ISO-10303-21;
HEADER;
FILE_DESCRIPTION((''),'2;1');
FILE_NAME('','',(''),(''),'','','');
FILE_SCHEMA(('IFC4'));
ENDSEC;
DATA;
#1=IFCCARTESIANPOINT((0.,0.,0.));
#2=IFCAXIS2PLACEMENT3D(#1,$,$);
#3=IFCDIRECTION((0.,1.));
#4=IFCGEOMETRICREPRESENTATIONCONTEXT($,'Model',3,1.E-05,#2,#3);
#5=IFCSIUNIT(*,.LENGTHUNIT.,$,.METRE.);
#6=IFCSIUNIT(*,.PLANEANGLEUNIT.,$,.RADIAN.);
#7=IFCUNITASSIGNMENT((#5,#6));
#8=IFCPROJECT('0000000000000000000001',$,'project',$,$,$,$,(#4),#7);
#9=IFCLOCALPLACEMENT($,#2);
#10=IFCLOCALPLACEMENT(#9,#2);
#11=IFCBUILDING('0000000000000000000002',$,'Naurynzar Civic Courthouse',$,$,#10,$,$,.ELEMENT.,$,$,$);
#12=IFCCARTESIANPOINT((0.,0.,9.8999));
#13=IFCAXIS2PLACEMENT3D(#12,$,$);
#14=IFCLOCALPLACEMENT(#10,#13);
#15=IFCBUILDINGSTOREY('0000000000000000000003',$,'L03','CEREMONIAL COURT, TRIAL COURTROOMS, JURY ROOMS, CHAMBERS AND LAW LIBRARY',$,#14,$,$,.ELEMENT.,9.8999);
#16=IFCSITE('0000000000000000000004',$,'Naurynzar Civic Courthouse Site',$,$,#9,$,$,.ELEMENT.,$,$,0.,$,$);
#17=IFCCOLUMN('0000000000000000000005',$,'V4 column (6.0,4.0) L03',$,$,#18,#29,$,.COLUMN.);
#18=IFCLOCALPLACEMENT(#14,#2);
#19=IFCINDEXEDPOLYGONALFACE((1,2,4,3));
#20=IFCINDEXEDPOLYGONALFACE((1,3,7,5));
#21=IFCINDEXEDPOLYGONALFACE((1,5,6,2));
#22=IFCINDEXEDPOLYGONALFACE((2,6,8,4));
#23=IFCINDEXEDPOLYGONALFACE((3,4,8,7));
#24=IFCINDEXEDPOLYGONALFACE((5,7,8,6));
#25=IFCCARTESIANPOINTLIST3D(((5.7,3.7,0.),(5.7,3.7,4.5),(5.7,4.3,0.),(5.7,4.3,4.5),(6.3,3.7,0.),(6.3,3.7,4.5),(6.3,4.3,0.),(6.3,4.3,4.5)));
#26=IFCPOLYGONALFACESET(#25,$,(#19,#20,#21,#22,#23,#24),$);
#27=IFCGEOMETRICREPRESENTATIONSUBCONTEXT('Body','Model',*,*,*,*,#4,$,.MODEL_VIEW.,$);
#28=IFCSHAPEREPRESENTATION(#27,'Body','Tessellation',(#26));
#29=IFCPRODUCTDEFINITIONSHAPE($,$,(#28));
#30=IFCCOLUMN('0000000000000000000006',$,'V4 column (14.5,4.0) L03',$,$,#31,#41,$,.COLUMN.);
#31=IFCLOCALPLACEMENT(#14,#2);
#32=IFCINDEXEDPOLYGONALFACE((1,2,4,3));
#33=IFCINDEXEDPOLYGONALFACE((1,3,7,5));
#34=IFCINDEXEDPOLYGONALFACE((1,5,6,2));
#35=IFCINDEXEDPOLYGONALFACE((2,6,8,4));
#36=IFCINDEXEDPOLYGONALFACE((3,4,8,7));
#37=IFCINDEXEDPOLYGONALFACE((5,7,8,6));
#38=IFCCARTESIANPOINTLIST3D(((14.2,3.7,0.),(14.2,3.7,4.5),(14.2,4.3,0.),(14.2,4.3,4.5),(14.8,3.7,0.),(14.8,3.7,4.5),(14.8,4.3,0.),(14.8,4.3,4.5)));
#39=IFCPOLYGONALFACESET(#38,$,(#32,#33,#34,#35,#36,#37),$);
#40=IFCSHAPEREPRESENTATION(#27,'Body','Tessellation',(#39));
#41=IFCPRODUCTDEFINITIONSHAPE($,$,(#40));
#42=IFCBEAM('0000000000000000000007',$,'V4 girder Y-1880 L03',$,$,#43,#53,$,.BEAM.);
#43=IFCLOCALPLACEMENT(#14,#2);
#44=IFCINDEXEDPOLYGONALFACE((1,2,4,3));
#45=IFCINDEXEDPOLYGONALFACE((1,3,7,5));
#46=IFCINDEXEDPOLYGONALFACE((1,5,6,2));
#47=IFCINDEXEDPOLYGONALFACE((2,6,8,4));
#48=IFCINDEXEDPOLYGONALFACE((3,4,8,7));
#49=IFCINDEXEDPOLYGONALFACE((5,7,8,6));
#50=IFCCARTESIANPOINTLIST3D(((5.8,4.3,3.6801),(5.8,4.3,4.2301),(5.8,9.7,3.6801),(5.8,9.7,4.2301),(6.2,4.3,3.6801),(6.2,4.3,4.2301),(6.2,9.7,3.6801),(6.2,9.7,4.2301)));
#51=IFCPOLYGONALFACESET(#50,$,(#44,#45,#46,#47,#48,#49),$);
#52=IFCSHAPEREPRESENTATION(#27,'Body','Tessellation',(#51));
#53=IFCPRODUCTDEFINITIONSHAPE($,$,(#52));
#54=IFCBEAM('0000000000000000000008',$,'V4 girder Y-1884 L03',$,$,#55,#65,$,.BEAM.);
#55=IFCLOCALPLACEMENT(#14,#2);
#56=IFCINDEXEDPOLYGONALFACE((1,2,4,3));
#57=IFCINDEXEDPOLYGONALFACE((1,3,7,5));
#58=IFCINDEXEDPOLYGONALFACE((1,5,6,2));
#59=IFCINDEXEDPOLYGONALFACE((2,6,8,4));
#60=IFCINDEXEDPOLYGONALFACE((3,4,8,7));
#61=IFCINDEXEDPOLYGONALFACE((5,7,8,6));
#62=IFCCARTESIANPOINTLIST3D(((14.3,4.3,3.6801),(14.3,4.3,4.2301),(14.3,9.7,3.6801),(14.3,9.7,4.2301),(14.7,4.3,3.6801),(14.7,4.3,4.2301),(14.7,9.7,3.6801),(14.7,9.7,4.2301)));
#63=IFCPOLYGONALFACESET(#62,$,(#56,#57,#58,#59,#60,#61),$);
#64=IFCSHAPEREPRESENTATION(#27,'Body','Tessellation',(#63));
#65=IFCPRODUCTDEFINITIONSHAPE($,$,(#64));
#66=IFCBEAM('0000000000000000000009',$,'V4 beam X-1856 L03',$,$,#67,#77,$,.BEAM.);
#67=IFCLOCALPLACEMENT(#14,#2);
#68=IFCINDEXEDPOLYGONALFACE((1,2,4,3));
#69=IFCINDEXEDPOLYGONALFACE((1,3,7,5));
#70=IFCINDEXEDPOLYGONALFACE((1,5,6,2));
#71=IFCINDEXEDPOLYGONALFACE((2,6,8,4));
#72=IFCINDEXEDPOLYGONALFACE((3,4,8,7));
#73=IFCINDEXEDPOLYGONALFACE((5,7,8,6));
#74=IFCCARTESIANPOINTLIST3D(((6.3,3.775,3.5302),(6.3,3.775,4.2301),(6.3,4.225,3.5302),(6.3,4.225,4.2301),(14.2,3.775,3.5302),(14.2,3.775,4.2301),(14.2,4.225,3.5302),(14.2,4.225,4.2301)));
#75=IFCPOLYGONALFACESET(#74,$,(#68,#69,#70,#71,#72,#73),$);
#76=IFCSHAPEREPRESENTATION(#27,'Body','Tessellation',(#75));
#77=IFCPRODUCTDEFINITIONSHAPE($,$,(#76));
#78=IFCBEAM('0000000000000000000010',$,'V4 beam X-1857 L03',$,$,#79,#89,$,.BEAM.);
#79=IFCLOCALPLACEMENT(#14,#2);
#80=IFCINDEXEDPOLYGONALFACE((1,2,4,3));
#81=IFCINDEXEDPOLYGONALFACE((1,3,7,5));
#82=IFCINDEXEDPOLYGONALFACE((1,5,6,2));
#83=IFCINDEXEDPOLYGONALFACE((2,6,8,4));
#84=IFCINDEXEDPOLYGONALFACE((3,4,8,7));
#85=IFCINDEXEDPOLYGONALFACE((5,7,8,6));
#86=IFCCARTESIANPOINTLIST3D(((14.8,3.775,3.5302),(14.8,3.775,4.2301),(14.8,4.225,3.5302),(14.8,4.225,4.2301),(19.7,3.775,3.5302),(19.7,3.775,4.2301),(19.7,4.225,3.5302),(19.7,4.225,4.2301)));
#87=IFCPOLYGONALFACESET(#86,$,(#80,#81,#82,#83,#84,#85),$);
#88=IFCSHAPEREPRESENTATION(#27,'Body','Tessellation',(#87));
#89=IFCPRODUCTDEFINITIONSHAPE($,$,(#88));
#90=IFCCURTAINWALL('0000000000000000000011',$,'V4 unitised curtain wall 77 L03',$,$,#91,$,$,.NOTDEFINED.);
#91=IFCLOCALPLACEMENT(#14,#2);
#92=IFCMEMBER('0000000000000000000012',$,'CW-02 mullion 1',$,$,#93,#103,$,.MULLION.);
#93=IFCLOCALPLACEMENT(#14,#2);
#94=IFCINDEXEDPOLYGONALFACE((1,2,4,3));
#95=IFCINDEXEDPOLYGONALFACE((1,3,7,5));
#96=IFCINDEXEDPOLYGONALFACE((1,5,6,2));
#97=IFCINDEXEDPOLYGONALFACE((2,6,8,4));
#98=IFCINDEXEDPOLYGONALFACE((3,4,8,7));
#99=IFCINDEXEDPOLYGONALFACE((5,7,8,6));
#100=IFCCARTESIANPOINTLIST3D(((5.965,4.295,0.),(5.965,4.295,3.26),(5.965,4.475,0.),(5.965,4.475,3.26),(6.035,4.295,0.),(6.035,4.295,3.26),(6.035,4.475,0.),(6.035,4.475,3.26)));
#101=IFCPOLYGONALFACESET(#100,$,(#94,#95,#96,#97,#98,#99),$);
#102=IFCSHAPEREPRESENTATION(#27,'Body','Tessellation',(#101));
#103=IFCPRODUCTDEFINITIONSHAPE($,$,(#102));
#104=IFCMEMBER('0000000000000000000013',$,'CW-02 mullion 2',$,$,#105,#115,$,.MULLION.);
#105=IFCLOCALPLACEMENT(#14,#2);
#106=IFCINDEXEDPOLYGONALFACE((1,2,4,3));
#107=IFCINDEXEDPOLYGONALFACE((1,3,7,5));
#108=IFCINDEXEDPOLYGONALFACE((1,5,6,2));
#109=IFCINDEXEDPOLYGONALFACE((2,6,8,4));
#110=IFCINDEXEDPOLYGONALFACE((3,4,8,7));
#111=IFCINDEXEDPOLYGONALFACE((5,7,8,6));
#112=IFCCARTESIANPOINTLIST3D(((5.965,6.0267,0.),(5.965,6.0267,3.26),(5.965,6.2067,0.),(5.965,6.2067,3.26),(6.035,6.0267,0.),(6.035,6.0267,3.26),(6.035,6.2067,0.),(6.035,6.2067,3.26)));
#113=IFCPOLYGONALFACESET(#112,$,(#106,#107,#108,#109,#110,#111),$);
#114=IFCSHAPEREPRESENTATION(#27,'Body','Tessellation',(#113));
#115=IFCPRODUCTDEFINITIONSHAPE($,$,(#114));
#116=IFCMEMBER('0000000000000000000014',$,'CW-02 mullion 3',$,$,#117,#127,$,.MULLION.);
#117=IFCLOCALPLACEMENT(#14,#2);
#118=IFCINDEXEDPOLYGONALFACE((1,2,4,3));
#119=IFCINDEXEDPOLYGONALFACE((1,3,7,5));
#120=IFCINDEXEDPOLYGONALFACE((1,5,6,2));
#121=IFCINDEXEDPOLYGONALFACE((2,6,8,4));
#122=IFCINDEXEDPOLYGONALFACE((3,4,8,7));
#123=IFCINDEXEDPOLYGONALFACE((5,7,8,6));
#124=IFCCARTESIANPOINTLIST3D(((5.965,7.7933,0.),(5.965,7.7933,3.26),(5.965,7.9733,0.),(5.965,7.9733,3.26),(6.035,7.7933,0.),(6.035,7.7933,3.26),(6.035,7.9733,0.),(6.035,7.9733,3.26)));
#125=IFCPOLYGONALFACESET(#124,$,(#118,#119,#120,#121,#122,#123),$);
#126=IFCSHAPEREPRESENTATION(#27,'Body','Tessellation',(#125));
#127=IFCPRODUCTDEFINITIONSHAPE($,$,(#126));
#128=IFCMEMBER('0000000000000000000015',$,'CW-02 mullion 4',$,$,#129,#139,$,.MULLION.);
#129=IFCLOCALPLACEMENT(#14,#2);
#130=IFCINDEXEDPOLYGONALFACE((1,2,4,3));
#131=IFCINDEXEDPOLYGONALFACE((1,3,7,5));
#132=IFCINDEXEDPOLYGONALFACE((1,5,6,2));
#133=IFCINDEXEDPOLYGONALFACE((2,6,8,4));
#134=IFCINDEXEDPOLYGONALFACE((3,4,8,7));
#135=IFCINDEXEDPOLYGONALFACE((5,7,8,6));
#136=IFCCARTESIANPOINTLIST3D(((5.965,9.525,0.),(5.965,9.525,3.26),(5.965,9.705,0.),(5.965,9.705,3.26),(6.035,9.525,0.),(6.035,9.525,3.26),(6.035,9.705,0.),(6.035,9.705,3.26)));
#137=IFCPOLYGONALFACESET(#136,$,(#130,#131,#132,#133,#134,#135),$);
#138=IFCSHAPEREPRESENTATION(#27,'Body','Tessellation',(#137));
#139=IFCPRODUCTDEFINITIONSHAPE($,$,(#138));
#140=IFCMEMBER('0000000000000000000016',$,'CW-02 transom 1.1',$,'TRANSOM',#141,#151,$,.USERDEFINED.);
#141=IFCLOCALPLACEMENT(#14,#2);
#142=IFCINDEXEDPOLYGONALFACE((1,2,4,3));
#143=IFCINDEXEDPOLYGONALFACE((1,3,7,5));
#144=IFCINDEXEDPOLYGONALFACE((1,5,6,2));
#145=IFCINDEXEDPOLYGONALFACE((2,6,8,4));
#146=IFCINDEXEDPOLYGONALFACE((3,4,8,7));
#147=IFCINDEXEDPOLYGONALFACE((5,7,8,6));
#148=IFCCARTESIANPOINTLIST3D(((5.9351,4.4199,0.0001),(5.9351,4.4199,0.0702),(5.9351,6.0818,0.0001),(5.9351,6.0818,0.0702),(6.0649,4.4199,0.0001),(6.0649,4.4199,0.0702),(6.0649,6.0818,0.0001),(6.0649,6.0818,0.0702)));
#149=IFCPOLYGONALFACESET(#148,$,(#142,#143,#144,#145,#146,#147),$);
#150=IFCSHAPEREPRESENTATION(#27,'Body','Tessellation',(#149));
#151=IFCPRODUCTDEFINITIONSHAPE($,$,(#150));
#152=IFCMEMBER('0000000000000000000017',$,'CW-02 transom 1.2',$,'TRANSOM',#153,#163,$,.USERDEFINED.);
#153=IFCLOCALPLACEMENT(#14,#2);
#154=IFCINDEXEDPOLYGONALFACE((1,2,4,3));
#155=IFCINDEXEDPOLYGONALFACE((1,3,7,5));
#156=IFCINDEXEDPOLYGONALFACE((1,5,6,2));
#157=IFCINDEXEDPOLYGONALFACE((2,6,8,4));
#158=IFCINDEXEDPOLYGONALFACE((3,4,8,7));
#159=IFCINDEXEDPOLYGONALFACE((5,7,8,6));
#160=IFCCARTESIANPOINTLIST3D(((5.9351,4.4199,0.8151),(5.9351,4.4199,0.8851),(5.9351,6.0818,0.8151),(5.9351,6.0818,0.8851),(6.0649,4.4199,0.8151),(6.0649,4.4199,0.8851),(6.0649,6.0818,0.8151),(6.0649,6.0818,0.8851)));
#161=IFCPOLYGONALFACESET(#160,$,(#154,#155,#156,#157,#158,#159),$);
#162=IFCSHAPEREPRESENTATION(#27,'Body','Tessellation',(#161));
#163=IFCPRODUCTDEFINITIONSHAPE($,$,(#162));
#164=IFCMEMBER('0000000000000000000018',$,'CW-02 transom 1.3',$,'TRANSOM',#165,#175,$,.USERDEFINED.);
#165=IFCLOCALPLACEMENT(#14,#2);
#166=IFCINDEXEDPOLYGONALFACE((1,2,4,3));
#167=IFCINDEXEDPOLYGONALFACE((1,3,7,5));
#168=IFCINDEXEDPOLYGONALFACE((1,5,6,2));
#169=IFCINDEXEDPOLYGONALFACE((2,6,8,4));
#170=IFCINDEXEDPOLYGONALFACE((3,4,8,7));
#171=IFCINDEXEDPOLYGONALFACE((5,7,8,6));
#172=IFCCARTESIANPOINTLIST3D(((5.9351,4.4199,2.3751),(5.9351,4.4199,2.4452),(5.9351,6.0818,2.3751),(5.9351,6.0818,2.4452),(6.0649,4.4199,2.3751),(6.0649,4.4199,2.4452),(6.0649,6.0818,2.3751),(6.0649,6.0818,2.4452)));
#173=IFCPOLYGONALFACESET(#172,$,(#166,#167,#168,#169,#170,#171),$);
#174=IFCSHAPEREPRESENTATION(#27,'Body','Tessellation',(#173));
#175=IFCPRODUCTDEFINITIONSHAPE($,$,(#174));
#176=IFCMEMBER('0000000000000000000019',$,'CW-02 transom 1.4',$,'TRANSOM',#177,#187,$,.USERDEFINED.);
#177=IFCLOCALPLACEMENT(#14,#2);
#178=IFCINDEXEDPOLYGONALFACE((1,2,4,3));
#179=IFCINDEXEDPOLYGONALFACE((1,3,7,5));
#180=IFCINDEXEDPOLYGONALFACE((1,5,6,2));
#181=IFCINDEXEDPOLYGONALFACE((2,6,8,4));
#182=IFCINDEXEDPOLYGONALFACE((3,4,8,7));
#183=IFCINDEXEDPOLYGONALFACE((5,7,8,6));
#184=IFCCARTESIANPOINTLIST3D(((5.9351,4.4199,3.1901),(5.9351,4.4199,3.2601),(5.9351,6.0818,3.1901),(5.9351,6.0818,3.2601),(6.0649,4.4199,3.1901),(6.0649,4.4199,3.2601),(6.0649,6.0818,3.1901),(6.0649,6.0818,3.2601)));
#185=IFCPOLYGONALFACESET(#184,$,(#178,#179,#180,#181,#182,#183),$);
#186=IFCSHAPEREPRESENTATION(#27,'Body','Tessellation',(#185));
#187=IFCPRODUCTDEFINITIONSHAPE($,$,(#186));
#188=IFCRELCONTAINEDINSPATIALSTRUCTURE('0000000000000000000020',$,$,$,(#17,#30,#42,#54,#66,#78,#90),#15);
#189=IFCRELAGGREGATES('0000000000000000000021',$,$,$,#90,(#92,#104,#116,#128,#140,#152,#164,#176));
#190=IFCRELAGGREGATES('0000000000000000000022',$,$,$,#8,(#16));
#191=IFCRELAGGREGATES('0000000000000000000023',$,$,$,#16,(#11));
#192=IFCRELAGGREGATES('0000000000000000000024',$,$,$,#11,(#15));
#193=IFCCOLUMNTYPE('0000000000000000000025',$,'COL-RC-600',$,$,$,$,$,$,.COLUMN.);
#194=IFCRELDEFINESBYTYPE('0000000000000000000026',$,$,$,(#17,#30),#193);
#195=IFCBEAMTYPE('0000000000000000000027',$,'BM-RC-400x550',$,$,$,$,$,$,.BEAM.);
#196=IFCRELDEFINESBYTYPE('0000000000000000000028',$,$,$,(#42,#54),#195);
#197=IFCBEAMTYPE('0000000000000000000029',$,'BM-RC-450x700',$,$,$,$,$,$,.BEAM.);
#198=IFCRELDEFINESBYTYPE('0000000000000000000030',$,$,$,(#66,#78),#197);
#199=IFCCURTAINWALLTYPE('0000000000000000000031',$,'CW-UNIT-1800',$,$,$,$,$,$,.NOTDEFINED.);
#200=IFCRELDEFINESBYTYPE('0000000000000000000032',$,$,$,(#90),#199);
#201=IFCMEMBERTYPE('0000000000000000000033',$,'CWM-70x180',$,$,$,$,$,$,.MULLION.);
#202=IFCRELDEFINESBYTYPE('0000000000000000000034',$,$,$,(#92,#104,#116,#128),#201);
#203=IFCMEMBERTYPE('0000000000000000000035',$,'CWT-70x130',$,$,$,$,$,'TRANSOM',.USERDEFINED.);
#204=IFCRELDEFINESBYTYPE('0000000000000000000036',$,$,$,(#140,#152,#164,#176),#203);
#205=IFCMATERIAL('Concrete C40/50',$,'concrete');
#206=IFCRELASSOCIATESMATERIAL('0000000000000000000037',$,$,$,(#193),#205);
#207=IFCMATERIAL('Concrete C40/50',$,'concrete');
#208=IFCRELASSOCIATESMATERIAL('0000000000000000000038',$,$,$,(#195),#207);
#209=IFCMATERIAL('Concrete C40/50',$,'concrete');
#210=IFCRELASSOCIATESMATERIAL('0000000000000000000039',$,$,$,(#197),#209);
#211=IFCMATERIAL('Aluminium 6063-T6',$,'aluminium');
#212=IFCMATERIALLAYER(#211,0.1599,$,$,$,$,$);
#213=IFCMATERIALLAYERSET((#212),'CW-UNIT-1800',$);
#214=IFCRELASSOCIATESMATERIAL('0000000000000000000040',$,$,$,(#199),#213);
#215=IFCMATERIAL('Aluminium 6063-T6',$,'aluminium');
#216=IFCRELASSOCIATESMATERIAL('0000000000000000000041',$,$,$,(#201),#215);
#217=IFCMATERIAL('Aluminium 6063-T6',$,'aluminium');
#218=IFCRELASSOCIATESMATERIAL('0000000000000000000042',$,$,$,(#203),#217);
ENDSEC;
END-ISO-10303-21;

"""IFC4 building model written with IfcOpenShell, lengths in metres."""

from ifc_helpers import new_model, si_unit, direction, frame, origin, origin_2d, place, context, subcontext, project, spatial, rectangle, extrude, material, layer, layer_set, material_profile, profile_set, type_object, element, aggregate, save


model = new_model("IFC4")

# Units and contexts
model_context = context("Model", 3, precision=1e-05, world=origin(), true_north=direction((0.0, 1.0)))
body_context = subcontext(model_context, "Body", "Model", "MODEL_VIEW")
ifc_project = project(units=[si_unit("LENGTHUNIT", "METRE"), si_unit("PLANEANGLEUNIT", "RADIAN")], contexts=[model_context])

# Site, building, storey
site_placement = place(None, origin())
site = spatial("IfcSite", under=ifc_project, at=site_placement, Name="Naurynzar Civic Courthouse Site", CompositionType="ELEMENT", RefElevation=0.0)
building_placement = place(site_placement, origin())
building = spatial("IfcBuilding", under=site, at=building_placement, Name="Naurynzar Civic Courthouse", CompositionType="ELEMENT")
storey_placement = place(building_placement, frame((0.0, 0.0, 9.8999)))
storey = spatial("IfcBuildingStorey", under=building, at=storey_placement, Name="L03", Description="CEREMONIAL COURT, TRIAL COURTROOMS, JURY ROOMS, CHAMBERS AND LAW LIBRARY", CompositionType="ELEMENT", Elevation=9.8999)

# Columns
ifc_material_1 = material(Name="Concrete C40/50", Category="concrete")
ifc_material_profile_1 = material_profile(ifc_material_1, rectangle(XDim=0.6001, YDim=0.6001, at=origin_2d()), Name="RC 600x600")
ifc_profile_set_1 = profile_set([ifc_material_profile_1], Name="Concrete C40/50")
column_type = type_object("IfcColumnType", Name="COL-RC-600", PredefinedType="COLUMN", material=ifc_profile_set_1)
for number, where, z_axis, x_axis, name in (
    (1, (6.0, 4.0, 0.0), (0.0, 0.0, 1.0), (1.0, 0.0, 0.0), "V4 column (6.0,4.0) L03"),
    (2, (14.5, 4.0, 0.0), (0.0, 0.0, 1.0), (1.0, 0.0, 0.0), "V4 column (14.5,4.0) L03"),
):
    element("IfcColumn", number, at=place(storey_placement, frame(where, z_axis=z_axis, x_axis=x_axis)), inside=storey, type_object=column_type, Name=name, PredefinedType="COLUMN", context=body_context, shape_type="SweptSolid", body=[
        extrude(rectangle(XDim=0.6001, YDim=0.6001, at=origin_2d()), origin(), (0.0, 0.0, 1.0), 4.5),
    ])

# Beams
ifc_material_2 = material(Name="Concrete C40/50", Category="concrete")
ifc_material_profile_2 = material_profile(ifc_material_2, rectangle(XDim=0.3999, YDim=0.55, at=origin_2d()), Name="RCB 400x550")
ifc_profile_set_2 = profile_set([ifc_material_profile_2], Name="Concrete C40/50")
beam_type_1 = type_object("IfcBeamType", Name="BM-RC-400x550", PredefinedType="BEAM", material=ifc_profile_set_2)
for number, where, z_axis, x_axis, name in (
    (3, (6.0, 4.3, 3.9551), (0.0, 1.0, 0.0), (-1.0, 0.0, 0.0), "V4 girder Y-1880 L03"),
    (4, (14.5, 4.3, 3.9551), (0.0, 1.0, 0.0), (-1.0, 0.0, 0.0), "V4 girder Y-1884 L03"),
):
    element("IfcBeam", number, at=place(storey_placement, frame(where, z_axis=z_axis, x_axis=x_axis)), inside=storey, type_object=beam_type_1, Name=name, PredefinedType="BEAM", context=body_context, shape_type="SweptSolid", body=[
        extrude(rectangle(XDim=0.3999, YDim=0.55, at=origin_2d()), origin(), (0.0, 0.0, 1.0), 5.3999),
    ])
ifc_material_3 = material(Name="Concrete C40/50", Category="concrete")
ifc_material_profile_3 = material_profile(ifc_material_3, rectangle(XDim=0.45, YDim=0.7, at=origin_2d()), Name="RCB 450x700")
ifc_profile_set_3 = profile_set([ifc_material_profile_3], Name="Concrete C40/50")
beam_type_2 = type_object("IfcBeamType", Name="BM-RC-450x700", PredefinedType="BEAM", material=ifc_profile_set_3)
beam_1_placement = place(storey_placement, frame((6.3, 4.0, 3.8801), z_axis=(1.0, 0.0, 0.0), x_axis=(0.0, 1.0, 0.0)))
element("IfcBeam", 5, at=beam_1_placement, inside=storey, type_object=beam_type_2, Name="V4 beam X-1856 L03", PredefinedType="BEAM", context=body_context, shape_type="SweptSolid", body=[
    extrude(rectangle(XDim=0.45, YDim=0.7, at=origin_2d()), origin(), (0.0, 0.0, 1.0), 7.8999),
])
beam_2_placement = place(storey_placement, frame((14.8, 4.0, 3.8801), z_axis=(1.0, 0.0, 0.0), x_axis=(0.0, 1.0, 0.0)))
element("IfcBeam", 6, at=beam_2_placement, inside=storey, type_object=beam_type_2, Name="V4 beam X-1857 L03", PredefinedType="BEAM", context=body_context, shape_type="SweptSolid", body=[
    extrude(rectangle(XDim=0.45, YDim=0.7, at=origin_2d()), origin(), (0.0, 0.0, 1.0), 4.8999),
])

# Curtain wall, members
ifc_material_4 = material(Name="Aluminium 6063-T6", Category="aluminium")
ifc_layer_1 = layer(ifc_material_4, 0.1599)
ifc_layer_set_1 = layer_set([ifc_layer_1], Name="CW-UNIT-1800")
curtain_wall_type = type_object("IfcCurtainWallType", Name="CW-UNIT-1800", PredefinedType="NOTDEFINED", material=ifc_layer_set_1)
curtain_wall_placement = place(storey_placement, origin())
curtain_wall = element("IfcCurtainWall", 7, at=curtain_wall_placement, inside=storey, type_object=curtain_wall_type, Name="V4 unitised curtain wall 77 L03", PredefinedType="NOTDEFINED")
ifc_material_5 = material(Name="Aluminium 6063-T6", Category="aluminium")
ifc_material_profile_4 = material_profile(ifc_material_5, rectangle(XDim=0.0701, YDim=0.1799, at=origin_2d()), Name="ALU MULLION 70x180")
ifc_profile_set_4 = profile_set([ifc_material_profile_4], Name="Aluminium 6063-T6")
member_type_1 = type_object("IfcMemberType", Name="CWM-70x180", PredefinedType="MULLION", material=ifc_profile_set_4)
member_1_placement = place(storey_placement, frame((6.0, 4.385, 0.0), z_axis=(0.0, 0.0, 1.0), x_axis=(-1.0, 0.0, 0.0)))
member_1 = element("IfcMember", 8, at=member_1_placement, type_object=member_type_1, Name="CW-02 mullion 1", PredefinedType="MULLION", context=body_context, shape_type="SweptSolid", body=[
    extrude(rectangle(XDim=0.0701, YDim=0.1799, at=origin_2d()), origin(), (0.0, 0.0, 1.0), 3.26),
])
member_2_placement = place(storey_placement, frame((6.0, 6.1167, 0.0), z_axis=(0.0, 0.0, 1.0), x_axis=(-1.0, 0.0, 0.0)))
member_2 = element("IfcMember", 9, at=member_2_placement, type_object=member_type_1, Name="CW-02 mullion 2", PredefinedType="MULLION", context=body_context, shape_type="SweptSolid", body=[
    extrude(rectangle(XDim=0.0701, YDim=0.1799, at=origin_2d()), origin(), (0.0, 0.0, 1.0), 3.26),
])
member_3_placement = place(storey_placement, frame((6.0, 7.8833, 0.0), z_axis=(0.0, 0.0, 1.0), x_axis=(-1.0, 0.0, 0.0)))
member_3 = element("IfcMember", 10, at=member_3_placement, type_object=member_type_1, Name="CW-02 mullion 3", PredefinedType="MULLION", context=body_context, shape_type="SweptSolid", body=[
    extrude(rectangle(XDim=0.0701, YDim=0.1799, at=origin_2d()), origin(), (0.0, 0.0, 1.0), 3.26),
])
member_4_placement = place(storey_placement, frame((6.0, 9.615, 0.0), z_axis=(0.0, 0.0, 1.0), x_axis=(-1.0, 0.0, 0.0)))
member_4 = element("IfcMember", 11, at=member_4_placement, type_object=member_type_1, Name="CW-02 mullion 4", PredefinedType="MULLION", context=body_context, shape_type="SweptSolid", body=[
    extrude(rectangle(XDim=0.0701, YDim=0.1799, at=origin_2d()), origin(), (0.0, 0.0, 1.0), 3.26),
])
ifc_material_6 = material(Name="Aluminium 6063-T6", Category="aluminium")
ifc_material_profile_5 = material_profile(ifc_material_6, rectangle(XDim=0.1299, YDim=0.0701, at=origin_2d()), Name="ALU TRANSOM 70x130")
ifc_profile_set_5 = profile_set([ifc_material_profile_5], Name="Aluminium 6063-T6")
member_type_2 = type_object("IfcMemberType", Name="CWT-70x130", ElementType="TRANSOM", PredefinedType="USERDEFINED", material=ifc_profile_set_5)
member_5_placement = place(storey_placement, frame((6.0, 4.4199, 0.0352), z_axis=(0.0, 1.0, 0.0), x_axis=(-1.0, 0.0, 0.0)))
member_5 = element("IfcMember", 12, at=member_5_placement, type_object=member_type_2, Name="CW-02 transom 1.1", ObjectType="TRANSOM", PredefinedType="USERDEFINED", context=body_context, shape_type="SweptSolid", body=[
    extrude(rectangle(XDim=0.1299, YDim=0.0701, at=origin_2d()), origin(), (0.0, 0.0, 1.0), 1.6619),
])
member_6_placement = place(storey_placement, frame((6.0, 4.4199, 0.8501), z_axis=(0.0, 1.0, 0.0), x_axis=(-1.0, 0.0, 0.0)))
member_6 = element("IfcMember", 13, at=member_6_placement, type_object=member_type_2, Name="CW-02 transom 1.2", ObjectType="TRANSOM", PredefinedType="USERDEFINED", context=body_context, shape_type="SweptSolid", body=[
    extrude(rectangle(XDim=0.1299, YDim=0.0701, at=origin_2d()), origin(), (0.0, 0.0, 1.0), 1.6619),
])
member_7_placement = place(storey_placement, frame((6.0, 4.4199, 2.4102), z_axis=(0.0, 1.0, 0.0), x_axis=(-1.0, 0.0, 0.0)))
member_7 = element("IfcMember", 14, at=member_7_placement, type_object=member_type_2, Name="CW-02 transom 1.3", ObjectType="TRANSOM", PredefinedType="USERDEFINED", context=body_context, shape_type="SweptSolid", body=[
    extrude(rectangle(XDim=0.1299, YDim=0.0701, at=origin_2d()), origin(), (0.0, 0.0, 1.0), 1.6619),
])
member_8_placement = place(storey_placement, frame((6.0, 4.4199, 3.2251), z_axis=(0.0, 1.0, 0.0), x_axis=(-1.0, 0.0, 0.0)))
member_8 = element("IfcMember", 15, at=member_8_placement, type_object=member_type_2, Name="CW-02 transom 1.4", ObjectType="TRANSOM", PredefinedType="USERDEFINED", context=body_context, shape_type="SweptSolid", body=[
    extrude(rectangle(XDim=0.1299, YDim=0.0701, at=origin_2d()), origin(), (0.0, 0.0, 1.0), 1.6619),
])
aggregate(curtain_wall, [member_1, member_2, member_3, member_4, member_5, member_6, member_7, member_8])

save(model, "model.ifc")
